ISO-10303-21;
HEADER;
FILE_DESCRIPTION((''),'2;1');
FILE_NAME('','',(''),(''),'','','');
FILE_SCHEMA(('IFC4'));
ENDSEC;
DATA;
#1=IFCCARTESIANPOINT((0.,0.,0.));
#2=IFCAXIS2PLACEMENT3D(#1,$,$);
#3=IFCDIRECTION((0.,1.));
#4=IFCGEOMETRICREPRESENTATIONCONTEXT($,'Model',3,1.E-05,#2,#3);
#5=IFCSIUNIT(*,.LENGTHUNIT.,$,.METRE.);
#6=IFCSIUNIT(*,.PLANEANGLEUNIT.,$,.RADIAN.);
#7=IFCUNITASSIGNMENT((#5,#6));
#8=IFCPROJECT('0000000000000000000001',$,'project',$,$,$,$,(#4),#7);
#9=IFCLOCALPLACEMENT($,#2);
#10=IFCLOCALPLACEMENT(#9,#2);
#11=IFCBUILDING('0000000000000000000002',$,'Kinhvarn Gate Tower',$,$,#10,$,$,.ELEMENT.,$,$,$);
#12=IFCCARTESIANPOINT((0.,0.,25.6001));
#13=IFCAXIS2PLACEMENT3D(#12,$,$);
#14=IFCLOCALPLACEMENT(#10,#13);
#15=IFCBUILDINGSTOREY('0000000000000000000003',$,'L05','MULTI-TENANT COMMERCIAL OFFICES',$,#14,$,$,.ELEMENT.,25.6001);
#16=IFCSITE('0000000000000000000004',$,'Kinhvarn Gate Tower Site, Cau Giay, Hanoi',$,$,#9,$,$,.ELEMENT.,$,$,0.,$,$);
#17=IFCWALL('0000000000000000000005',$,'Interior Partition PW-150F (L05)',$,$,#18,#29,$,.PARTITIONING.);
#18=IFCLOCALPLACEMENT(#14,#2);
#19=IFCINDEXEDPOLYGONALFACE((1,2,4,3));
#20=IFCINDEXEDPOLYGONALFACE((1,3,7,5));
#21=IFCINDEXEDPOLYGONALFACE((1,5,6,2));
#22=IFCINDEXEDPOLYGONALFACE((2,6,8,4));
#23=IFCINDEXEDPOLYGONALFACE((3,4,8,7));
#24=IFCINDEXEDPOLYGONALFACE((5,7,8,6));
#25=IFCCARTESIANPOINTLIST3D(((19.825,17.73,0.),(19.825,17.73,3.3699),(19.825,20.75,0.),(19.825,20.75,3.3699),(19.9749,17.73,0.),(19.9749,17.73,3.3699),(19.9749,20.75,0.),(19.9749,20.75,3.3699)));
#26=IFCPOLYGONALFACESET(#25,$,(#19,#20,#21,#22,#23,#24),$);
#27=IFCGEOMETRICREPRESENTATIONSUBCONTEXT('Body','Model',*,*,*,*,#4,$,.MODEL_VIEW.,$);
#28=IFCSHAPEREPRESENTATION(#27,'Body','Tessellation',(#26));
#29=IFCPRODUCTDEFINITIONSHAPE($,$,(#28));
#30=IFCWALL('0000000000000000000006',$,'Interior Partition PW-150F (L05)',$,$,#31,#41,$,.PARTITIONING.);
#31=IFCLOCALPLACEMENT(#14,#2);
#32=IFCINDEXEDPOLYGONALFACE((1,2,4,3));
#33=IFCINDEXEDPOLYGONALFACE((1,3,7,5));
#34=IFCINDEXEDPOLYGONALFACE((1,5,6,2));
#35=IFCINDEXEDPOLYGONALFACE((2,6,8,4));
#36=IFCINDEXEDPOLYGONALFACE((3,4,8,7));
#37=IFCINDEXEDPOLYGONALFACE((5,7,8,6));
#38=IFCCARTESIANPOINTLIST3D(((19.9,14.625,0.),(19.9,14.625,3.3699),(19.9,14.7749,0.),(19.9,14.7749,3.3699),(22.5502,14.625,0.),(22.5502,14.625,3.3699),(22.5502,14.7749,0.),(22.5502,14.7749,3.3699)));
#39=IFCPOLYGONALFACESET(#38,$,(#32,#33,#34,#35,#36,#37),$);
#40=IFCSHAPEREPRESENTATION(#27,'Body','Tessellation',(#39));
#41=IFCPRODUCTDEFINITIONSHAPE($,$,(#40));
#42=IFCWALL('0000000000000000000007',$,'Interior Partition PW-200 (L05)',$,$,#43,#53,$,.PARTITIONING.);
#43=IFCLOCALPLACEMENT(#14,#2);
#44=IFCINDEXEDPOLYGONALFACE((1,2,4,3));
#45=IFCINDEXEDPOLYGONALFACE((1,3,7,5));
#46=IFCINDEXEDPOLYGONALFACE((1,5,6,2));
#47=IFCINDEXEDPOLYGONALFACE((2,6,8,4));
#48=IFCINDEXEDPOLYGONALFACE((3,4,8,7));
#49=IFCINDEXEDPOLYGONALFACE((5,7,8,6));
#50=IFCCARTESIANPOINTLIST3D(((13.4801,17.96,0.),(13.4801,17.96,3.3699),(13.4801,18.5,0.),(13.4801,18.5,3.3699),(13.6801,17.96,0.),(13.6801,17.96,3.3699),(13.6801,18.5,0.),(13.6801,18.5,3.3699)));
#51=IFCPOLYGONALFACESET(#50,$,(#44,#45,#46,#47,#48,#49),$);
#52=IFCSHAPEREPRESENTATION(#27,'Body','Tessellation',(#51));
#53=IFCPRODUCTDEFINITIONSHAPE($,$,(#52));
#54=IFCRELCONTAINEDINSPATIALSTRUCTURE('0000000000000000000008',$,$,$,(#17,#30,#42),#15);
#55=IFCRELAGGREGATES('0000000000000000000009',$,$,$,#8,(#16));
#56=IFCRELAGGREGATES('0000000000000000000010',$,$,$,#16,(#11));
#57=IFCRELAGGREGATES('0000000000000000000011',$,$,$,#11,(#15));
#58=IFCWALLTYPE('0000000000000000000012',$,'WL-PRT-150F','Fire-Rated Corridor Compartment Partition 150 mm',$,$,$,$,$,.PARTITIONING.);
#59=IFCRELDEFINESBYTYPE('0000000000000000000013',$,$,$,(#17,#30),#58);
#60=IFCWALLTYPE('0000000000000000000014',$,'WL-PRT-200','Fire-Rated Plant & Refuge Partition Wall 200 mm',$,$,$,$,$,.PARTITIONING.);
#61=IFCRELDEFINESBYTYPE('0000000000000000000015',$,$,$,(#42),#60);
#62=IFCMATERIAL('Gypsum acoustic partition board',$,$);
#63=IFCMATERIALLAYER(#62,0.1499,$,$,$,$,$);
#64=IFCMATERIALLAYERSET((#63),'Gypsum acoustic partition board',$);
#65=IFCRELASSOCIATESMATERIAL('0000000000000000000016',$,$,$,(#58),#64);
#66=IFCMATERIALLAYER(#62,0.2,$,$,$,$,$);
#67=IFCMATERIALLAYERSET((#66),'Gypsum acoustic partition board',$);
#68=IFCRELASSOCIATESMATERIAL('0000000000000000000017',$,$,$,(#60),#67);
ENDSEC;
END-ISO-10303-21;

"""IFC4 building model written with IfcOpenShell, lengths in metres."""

from ifc_helpers import new_model, si_unit, direction, frame, frame_2d, origin, place, context, subcontext, project, spatial, rectangle, extrude, material, layer, layer_set, type_object, element, save


model = new_model("IFC4")

# Units and contexts
model_context = context("Model", 3, precision=1e-05, world=origin(), true_north=direction((0.0, 1.0)))
body_context = subcontext(model_context, "Body", "Model", "MODEL_VIEW")
ifc_project = project(units=[si_unit("LENGTHUNIT", "METRE"), si_unit("PLANEANGLEUNIT", "RADIAN")], contexts=[model_context])

# Site, building, storey
site_placement = place(None, origin())
site = spatial("IfcSite", under=ifc_project, at=site_placement, Name="Kinhvarn Gate Tower Site, Cau Giay, Hanoi", CompositionType="ELEMENT", RefElevation=0.0)
building_placement = place(site_placement, origin())
building = spatial("IfcBuilding", under=site, at=building_placement, Name="Kinhvarn Gate Tower", CompositionType="ELEMENT")
storey_placement = place(building_placement, frame((0.0, 0.0, 25.6001)))
storey = spatial("IfcBuildingStorey", under=building, at=storey_placement, Name="L05", Description="MULTI-TENANT COMMERCIAL OFFICES", CompositionType="ELEMENT", Elevation=25.6001)

# Shared definitions
ifc_material_1 = material(Name="Gypsum acoustic partition board")

# Shared definitions
ifc_layer_1 = layer(ifc_material_1, 0.1499)
ifc_layer_set_1 = layer_set([ifc_layer_1], Name="Gypsum acoustic partition board")
wall_type_1 = type_object("IfcWallType", Name="WL-PRT-150F", Description="Fire-Rated Corridor Compartment Partition 150 mm", PredefinedType="PARTITIONING", material=ifc_layer_set_1)

# Walls
wall_1_placement = place(storey_placement, frame((19.8999, 17.73, 0.0), z_axis=(0.0, 0.0, 1.0), x_axis=(0.0, 1.0, 0.0)))
element("IfcWall", 1, at=wall_1_placement, inside=storey, type_object=wall_type_1, Name="Interior Partition PW-150F (L05)", PredefinedType="PARTITIONING", context=body_context, shape_type="SweptSolid", body=[
    extrude(rectangle(XDim=3.02, YDim=0.1499, at=frame_2d((1.51, 0.0))), origin(), (0.0, 0.0, 1.0), 3.3699),
])
wall_2_placement = place(storey_placement, frame((19.8999, 14.7, 0.0), z_axis=(0.0, 0.0, 1.0), x_axis=(1.0, 0.0, 0.0)))
element("IfcWall", 2, at=wall_2_placement, inside=storey, type_object=wall_type_1, Name="Interior Partition PW-150F (L05)", PredefinedType="PARTITIONING", context=body_context, shape_type="SweptSolid", body=[
    extrude(rectangle(XDim=2.6501, YDim=0.1499, at=frame_2d((1.3252, 0.0))), origin(), (0.0, 0.0, 1.0), 3.3699),
])
ifc_layer_2 = layer(ifc_material_1, 0.2)
ifc_layer_set_2 = layer_set([ifc_layer_2], Name="Gypsum acoustic partition board")
wall_type_2 = type_object("IfcWallType", Name="WL-PRT-200", Description="Fire-Rated Plant & Refuge Partition Wall 200 mm", PredefinedType="PARTITIONING", material=ifc_layer_set_2)
wall_3_placement = place(storey_placement, frame((13.5801, 17.96, 0.0), z_axis=(0.0, 0.0, 1.0), x_axis=(0.0, 1.0, 0.0)))
element("IfcWall", 3, at=wall_3_placement, inside=storey, type_object=wall_type_2, Name="Interior Partition PW-200 (L05)", PredefinedType="PARTITIONING", context=body_context, shape_type="SweptSolid", body=[
    extrude(rectangle(XDim=0.54, YDim=0.2, at=frame_2d((0.27, 0.0))), origin(), (0.0, 0.0, 1.0), 3.3699),
])

save(model, "model.ifc")
